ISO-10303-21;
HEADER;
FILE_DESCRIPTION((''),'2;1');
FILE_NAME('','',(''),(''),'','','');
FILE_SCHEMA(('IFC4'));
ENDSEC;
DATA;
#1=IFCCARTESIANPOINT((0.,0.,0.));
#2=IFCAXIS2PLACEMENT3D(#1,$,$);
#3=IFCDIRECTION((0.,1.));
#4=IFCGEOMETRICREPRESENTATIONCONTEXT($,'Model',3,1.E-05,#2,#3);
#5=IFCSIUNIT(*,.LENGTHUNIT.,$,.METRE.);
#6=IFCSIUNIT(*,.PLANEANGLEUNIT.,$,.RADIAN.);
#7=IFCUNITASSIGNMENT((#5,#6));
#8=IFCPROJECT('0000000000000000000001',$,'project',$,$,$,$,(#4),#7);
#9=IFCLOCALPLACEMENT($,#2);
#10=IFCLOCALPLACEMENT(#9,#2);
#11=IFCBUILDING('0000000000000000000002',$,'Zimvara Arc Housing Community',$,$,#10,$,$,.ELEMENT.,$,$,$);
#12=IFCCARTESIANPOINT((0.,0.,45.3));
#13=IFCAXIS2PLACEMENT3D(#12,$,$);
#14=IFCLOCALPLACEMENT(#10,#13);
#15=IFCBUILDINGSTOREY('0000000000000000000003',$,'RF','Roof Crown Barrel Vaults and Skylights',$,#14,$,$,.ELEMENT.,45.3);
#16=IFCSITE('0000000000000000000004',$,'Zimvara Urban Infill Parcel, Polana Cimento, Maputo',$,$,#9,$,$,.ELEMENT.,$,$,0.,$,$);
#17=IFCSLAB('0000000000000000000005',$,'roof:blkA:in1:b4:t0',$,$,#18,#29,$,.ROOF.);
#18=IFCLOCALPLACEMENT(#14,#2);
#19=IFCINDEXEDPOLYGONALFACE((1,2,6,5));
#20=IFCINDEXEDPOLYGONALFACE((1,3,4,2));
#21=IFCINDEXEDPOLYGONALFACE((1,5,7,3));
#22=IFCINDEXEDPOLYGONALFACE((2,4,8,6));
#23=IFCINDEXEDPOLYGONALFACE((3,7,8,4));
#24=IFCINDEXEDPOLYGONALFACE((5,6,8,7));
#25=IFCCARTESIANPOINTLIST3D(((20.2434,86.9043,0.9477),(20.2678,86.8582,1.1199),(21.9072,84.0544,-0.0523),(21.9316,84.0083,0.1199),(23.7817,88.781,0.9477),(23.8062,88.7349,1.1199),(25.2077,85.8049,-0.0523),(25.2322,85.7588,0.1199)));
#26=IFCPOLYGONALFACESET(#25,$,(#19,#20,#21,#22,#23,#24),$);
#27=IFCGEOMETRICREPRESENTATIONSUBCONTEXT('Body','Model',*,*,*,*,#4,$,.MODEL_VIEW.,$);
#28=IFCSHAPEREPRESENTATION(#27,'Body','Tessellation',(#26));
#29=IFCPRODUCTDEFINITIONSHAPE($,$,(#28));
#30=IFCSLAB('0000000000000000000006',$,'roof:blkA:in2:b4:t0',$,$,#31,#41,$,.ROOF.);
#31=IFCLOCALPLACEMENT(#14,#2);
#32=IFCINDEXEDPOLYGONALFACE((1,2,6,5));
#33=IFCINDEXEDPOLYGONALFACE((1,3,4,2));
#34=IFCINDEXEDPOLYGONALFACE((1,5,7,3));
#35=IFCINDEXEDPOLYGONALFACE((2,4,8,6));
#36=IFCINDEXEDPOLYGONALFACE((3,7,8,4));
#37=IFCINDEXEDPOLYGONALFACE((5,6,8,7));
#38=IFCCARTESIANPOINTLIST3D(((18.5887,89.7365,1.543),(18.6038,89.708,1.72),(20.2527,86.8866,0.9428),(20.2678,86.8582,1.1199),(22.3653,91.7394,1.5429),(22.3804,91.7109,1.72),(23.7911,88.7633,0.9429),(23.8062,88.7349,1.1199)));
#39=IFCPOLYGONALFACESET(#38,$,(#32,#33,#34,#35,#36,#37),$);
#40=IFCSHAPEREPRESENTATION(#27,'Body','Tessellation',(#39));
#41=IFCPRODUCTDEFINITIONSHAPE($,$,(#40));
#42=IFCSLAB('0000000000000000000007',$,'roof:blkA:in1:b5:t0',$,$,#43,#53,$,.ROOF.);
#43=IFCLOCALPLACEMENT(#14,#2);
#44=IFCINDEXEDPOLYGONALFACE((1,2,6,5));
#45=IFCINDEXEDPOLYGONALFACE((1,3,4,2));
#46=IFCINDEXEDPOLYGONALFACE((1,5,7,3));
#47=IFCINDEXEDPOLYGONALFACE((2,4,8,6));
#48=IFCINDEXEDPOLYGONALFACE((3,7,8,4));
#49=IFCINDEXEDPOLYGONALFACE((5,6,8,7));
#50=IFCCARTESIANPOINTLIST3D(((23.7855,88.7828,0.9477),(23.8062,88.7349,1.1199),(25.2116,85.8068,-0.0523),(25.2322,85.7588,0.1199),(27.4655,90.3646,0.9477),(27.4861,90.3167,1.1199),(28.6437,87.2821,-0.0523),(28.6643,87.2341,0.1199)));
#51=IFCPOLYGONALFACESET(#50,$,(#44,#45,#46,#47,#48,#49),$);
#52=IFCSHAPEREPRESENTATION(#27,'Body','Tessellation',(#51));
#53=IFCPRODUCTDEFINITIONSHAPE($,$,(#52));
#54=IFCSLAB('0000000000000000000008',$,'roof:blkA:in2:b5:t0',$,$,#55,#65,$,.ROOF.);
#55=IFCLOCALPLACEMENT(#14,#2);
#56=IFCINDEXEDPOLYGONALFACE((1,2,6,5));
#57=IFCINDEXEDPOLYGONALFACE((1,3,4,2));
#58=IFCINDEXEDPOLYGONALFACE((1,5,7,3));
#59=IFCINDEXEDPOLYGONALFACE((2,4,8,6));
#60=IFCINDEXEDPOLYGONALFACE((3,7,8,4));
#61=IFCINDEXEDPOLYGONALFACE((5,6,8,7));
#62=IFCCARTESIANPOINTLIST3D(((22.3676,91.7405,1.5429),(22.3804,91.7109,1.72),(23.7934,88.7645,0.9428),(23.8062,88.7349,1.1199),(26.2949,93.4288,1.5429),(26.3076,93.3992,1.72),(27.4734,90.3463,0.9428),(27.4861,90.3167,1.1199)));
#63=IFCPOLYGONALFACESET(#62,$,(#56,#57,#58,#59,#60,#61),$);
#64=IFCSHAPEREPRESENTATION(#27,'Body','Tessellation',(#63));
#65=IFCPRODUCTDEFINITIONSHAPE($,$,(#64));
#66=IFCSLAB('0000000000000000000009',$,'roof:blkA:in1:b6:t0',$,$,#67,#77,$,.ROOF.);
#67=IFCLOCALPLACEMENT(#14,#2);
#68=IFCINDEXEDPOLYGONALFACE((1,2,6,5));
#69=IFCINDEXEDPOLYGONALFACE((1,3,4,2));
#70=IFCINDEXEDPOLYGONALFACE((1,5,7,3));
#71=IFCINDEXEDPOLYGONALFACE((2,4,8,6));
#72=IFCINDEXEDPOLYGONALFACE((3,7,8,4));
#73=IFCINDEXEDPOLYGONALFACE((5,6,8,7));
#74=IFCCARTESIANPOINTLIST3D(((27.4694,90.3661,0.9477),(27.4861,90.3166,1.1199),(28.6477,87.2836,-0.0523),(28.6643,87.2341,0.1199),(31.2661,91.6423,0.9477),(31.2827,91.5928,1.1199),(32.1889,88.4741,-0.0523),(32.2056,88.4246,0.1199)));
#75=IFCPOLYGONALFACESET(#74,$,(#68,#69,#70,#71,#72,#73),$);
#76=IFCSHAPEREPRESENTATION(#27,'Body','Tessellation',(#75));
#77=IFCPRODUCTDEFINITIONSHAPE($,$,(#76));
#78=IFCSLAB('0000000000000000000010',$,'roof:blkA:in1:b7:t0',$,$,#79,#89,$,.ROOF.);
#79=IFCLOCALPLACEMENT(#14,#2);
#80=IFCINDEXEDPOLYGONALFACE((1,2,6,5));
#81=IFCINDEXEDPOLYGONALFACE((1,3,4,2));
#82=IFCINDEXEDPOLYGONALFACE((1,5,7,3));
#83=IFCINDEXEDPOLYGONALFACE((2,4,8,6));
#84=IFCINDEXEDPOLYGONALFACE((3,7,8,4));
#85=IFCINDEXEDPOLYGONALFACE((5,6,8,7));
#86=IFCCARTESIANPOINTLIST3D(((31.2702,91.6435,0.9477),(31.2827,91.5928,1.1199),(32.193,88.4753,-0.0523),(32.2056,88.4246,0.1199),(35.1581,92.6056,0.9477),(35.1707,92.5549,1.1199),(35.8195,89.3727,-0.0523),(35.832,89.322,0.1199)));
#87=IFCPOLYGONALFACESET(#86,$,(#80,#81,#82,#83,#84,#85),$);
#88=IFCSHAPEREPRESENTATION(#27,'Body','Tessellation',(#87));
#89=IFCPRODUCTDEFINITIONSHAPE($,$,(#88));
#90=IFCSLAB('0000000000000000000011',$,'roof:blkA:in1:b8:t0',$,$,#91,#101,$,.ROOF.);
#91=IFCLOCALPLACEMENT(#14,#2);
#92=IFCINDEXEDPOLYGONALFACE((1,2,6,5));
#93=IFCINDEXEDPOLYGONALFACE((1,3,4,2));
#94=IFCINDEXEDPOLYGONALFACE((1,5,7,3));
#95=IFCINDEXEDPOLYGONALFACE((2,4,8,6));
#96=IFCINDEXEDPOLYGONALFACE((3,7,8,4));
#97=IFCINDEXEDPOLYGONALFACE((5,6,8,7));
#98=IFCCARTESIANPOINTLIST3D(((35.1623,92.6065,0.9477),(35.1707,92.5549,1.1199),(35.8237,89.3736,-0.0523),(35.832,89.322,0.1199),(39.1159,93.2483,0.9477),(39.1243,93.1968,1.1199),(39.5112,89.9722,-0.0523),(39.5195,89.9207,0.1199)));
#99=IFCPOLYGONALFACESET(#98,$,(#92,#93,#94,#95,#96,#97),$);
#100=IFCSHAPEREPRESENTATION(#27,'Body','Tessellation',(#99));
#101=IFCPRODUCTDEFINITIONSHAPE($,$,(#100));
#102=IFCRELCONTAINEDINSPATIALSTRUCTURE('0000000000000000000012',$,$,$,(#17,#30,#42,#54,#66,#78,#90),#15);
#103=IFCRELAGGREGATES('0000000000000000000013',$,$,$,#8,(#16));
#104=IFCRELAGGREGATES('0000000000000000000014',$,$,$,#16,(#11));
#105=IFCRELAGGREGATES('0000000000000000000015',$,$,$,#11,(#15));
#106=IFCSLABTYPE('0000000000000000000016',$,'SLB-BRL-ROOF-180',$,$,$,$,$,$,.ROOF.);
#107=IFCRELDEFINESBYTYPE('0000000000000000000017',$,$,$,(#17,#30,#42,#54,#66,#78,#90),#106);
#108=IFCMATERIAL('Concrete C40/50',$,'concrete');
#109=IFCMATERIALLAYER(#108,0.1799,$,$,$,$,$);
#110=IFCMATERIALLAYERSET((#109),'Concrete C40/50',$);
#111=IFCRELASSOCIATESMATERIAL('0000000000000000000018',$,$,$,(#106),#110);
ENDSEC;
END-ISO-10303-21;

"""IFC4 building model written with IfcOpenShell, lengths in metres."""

from ifc_helpers import new_model, si_unit, direction, frame, origin, place, context, subcontext, project, spatial, polyline, outline, extrude, material, layer, layer_set, type_object, element, save


model = new_model("IFC4")

# Units and contexts
model_context = context("Model", 3, precision=1e-05, world=origin(), true_north=direction((0.0, 1.0)))
body_context = subcontext(model_context, "Body", "Model", "MODEL_VIEW")
ifc_project = project(units=[si_unit("LENGTHUNIT", "METRE"), si_unit("PLANEANGLEUNIT", "RADIAN")], contexts=[model_context])

# Site, building, storey
site_placement = place(None, origin())
site = spatial("IfcSite", under=ifc_project, at=site_placement, Name="Zimvara Urban Infill Parcel, Polana Cimento, Maputo", CompositionType="ELEMENT", RefElevation=0.0)
building_placement = place(site_placement, origin())
building = spatial("IfcBuilding", under=site, at=building_placement, Name="Zimvara Arc Housing Community", CompositionType="ELEMENT")
storey_placement = place(building_placement, frame((0.0, 0.0, 45.3)))
storey = spatial("IfcBuildingStorey", under=building, at=storey_placement, Name="RF", Description="Roof Crown Barrel Vaults and Skylights", CompositionType="ELEMENT", Elevation=45.3)

# Slabs
ifc_material_1 = material(Name="Concrete C40/50", Category="concrete")
ifc_layer_1 = layer(ifc_material_1, 0.1799)
ifc_layer_set_1 = layer_set([ifc_layer_1], Name="Concrete C40/50")
slab_type = type_object("IfcSlabType", Name="SLB-BRL-ROOF-180", PredefinedType="ROOF", material=ifc_layer_set_1)
slab_1_placement = place(storey_placement, frame((21.9316, 84.0083, 0.1199), z_axis=(0.135987, -0.256395, 0.956958), x_axis=(0.883439, 0.468546, -0.000003)))
element("IfcSlab", 1, at=slab_1_placement, inside=storey, type_object=slab_type, Name="roof:blkA:in1:b4:t0", PredefinedType="ROOF", context=body_context, shape_type="SweptSolid", body=[
    extrude(outline(polyline([(0.0, 0.0), (3.736, 0.0), (3.8706, 3.4456), (-0.1346, 3.4456), (0.0, 0.0)])), origin(), (0.0, 0.0, -1.0), 0.1799),
])
slab_2_placement = place(storey_placement, frame((20.2678, 86.8582, 1.1199), z_axis=(0.083897, -0.158185, 0.983839), x_axis=(0.883429, 0.468565, 0.000003)))
element("IfcSlab", 2, at=slab_2_placement, inside=storey, type_object=slab_type, Name="roof:blkA:in2:b4:t0", PredefinedType="ROOF", context=body_context, shape_type="SweptSolid", body=[
    extrude(outline(polyline([(0.0, 0.0), (4.0052, 0.0), (4.1401, 3.3514), (-0.1347, 3.3515), (0.0, 0.0)])), origin(), (0.0, 0.0, -1.0), 0.1799),
])
slab_3_placement = place(storey_placement, frame((25.2322, 85.7588, 0.1199), z_axis=(0.114614, -0.266635, 0.956958), x_axis=(0.918715, 0.39492, 0.000002)))
element("IfcSlab", 3, at=slab_3_placement, inside=storey, type_object=slab_type, Name="roof:blkA:in1:b5:t0", PredefinedType="ROOF", context=body_context, shape_type="SweptSolid", body=[
    extrude(outline(polyline([(0.0, 0.0), (3.7358, 0.0), (3.8707, 3.4456), (-0.1348, 3.4456), (0.0, 0.0)])), origin(), (0.0, 0.0, -1.0), 0.1799),
])
slab_4_placement = place(storey_placement, frame((23.8062, 88.7349, 1.1199), z_axis=(0.070712, -0.164501, 0.983839), x_axis=(0.918722, 0.394905, -0.000003)))
element("IfcSlab", 4, at=slab_4_placement, inside=storey, type_object=slab_type, Name="roof:blkA:in2:b5:t0", PredefinedType="ROOF", context=body_context, shape_type="SweptSolid", body=[
    extrude(outline(polyline([(0.0, 0.0), (4.0055, 0.0), (4.1401, 3.3515), (-0.1346, 3.3514), (0.0, 0.0)])), origin(), (0.0, 0.0, -1.0), 0.1799),
])
slab_5_placement = place(storey_placement, frame((28.6643, 87.2341, 0.1199), z_axis=(0.092474, -0.275107, 0.956956), x_axis=(0.947877, 0.318637, 0.000005)))
element("IfcSlab", 5, at=slab_5_placement, inside=storey, type_object=slab_type, Name="roof:blkA:in1:b6:t0", PredefinedType="ROOF", context=body_context, shape_type="SweptSolid", body=[
    extrude(outline(polyline([(0.0, 0.0), (3.736, 0.0), (3.8708, 3.4454), (-0.1346, 3.4456), (0.0, 0.0)])), origin(), (0.0, 0.0, -1.0), 0.1799),
])
slab_6_placement = place(storey_placement, frame((32.2056, 88.4246, 0.1199), z_axis=(0.069723, -0.28174, 0.956954), x_axis=(0.970716, 0.240228, 0.0)))
element("IfcSlab", 6, at=slab_6_placement, inside=storey, type_object=slab_type, Name="roof:blkA:in1:b7:t0", PredefinedType="ROOF", context=body_context, shape_type="SweptSolid", body=[
    extrude(outline(polyline([(0.0, 0.0), (3.7359, 0.0), (3.8705, 3.4454), (-0.1347, 3.4454), (0.0, 0.0)])), origin(), (0.0, 0.0, -1.0), 0.1799),
])
slab_7_placement = place(storey_placement, frame((35.832, 89.322, 0.1199), z_axis=(0.046509, -0.286489, 0.956954), x_axis=(0.987078, 0.160243, 0.0)))
element("IfcSlab", 7, at=slab_7_placement, inside=storey, type_object=slab_type, Name="roof:blkA:in1:b8:t0", PredefinedType="ROOF", context=body_context, shape_type="SweptSolid", body=[
    extrude(outline(polyline([(0.0, 0.0), (3.7358, 0.0), (3.8706, 3.4454), (-0.1348, 3.4454), (0.0, 0.0)])), origin(), (0.0, 0.0, -1.0), 0.1799),
])

save(model, "model.ifc")
